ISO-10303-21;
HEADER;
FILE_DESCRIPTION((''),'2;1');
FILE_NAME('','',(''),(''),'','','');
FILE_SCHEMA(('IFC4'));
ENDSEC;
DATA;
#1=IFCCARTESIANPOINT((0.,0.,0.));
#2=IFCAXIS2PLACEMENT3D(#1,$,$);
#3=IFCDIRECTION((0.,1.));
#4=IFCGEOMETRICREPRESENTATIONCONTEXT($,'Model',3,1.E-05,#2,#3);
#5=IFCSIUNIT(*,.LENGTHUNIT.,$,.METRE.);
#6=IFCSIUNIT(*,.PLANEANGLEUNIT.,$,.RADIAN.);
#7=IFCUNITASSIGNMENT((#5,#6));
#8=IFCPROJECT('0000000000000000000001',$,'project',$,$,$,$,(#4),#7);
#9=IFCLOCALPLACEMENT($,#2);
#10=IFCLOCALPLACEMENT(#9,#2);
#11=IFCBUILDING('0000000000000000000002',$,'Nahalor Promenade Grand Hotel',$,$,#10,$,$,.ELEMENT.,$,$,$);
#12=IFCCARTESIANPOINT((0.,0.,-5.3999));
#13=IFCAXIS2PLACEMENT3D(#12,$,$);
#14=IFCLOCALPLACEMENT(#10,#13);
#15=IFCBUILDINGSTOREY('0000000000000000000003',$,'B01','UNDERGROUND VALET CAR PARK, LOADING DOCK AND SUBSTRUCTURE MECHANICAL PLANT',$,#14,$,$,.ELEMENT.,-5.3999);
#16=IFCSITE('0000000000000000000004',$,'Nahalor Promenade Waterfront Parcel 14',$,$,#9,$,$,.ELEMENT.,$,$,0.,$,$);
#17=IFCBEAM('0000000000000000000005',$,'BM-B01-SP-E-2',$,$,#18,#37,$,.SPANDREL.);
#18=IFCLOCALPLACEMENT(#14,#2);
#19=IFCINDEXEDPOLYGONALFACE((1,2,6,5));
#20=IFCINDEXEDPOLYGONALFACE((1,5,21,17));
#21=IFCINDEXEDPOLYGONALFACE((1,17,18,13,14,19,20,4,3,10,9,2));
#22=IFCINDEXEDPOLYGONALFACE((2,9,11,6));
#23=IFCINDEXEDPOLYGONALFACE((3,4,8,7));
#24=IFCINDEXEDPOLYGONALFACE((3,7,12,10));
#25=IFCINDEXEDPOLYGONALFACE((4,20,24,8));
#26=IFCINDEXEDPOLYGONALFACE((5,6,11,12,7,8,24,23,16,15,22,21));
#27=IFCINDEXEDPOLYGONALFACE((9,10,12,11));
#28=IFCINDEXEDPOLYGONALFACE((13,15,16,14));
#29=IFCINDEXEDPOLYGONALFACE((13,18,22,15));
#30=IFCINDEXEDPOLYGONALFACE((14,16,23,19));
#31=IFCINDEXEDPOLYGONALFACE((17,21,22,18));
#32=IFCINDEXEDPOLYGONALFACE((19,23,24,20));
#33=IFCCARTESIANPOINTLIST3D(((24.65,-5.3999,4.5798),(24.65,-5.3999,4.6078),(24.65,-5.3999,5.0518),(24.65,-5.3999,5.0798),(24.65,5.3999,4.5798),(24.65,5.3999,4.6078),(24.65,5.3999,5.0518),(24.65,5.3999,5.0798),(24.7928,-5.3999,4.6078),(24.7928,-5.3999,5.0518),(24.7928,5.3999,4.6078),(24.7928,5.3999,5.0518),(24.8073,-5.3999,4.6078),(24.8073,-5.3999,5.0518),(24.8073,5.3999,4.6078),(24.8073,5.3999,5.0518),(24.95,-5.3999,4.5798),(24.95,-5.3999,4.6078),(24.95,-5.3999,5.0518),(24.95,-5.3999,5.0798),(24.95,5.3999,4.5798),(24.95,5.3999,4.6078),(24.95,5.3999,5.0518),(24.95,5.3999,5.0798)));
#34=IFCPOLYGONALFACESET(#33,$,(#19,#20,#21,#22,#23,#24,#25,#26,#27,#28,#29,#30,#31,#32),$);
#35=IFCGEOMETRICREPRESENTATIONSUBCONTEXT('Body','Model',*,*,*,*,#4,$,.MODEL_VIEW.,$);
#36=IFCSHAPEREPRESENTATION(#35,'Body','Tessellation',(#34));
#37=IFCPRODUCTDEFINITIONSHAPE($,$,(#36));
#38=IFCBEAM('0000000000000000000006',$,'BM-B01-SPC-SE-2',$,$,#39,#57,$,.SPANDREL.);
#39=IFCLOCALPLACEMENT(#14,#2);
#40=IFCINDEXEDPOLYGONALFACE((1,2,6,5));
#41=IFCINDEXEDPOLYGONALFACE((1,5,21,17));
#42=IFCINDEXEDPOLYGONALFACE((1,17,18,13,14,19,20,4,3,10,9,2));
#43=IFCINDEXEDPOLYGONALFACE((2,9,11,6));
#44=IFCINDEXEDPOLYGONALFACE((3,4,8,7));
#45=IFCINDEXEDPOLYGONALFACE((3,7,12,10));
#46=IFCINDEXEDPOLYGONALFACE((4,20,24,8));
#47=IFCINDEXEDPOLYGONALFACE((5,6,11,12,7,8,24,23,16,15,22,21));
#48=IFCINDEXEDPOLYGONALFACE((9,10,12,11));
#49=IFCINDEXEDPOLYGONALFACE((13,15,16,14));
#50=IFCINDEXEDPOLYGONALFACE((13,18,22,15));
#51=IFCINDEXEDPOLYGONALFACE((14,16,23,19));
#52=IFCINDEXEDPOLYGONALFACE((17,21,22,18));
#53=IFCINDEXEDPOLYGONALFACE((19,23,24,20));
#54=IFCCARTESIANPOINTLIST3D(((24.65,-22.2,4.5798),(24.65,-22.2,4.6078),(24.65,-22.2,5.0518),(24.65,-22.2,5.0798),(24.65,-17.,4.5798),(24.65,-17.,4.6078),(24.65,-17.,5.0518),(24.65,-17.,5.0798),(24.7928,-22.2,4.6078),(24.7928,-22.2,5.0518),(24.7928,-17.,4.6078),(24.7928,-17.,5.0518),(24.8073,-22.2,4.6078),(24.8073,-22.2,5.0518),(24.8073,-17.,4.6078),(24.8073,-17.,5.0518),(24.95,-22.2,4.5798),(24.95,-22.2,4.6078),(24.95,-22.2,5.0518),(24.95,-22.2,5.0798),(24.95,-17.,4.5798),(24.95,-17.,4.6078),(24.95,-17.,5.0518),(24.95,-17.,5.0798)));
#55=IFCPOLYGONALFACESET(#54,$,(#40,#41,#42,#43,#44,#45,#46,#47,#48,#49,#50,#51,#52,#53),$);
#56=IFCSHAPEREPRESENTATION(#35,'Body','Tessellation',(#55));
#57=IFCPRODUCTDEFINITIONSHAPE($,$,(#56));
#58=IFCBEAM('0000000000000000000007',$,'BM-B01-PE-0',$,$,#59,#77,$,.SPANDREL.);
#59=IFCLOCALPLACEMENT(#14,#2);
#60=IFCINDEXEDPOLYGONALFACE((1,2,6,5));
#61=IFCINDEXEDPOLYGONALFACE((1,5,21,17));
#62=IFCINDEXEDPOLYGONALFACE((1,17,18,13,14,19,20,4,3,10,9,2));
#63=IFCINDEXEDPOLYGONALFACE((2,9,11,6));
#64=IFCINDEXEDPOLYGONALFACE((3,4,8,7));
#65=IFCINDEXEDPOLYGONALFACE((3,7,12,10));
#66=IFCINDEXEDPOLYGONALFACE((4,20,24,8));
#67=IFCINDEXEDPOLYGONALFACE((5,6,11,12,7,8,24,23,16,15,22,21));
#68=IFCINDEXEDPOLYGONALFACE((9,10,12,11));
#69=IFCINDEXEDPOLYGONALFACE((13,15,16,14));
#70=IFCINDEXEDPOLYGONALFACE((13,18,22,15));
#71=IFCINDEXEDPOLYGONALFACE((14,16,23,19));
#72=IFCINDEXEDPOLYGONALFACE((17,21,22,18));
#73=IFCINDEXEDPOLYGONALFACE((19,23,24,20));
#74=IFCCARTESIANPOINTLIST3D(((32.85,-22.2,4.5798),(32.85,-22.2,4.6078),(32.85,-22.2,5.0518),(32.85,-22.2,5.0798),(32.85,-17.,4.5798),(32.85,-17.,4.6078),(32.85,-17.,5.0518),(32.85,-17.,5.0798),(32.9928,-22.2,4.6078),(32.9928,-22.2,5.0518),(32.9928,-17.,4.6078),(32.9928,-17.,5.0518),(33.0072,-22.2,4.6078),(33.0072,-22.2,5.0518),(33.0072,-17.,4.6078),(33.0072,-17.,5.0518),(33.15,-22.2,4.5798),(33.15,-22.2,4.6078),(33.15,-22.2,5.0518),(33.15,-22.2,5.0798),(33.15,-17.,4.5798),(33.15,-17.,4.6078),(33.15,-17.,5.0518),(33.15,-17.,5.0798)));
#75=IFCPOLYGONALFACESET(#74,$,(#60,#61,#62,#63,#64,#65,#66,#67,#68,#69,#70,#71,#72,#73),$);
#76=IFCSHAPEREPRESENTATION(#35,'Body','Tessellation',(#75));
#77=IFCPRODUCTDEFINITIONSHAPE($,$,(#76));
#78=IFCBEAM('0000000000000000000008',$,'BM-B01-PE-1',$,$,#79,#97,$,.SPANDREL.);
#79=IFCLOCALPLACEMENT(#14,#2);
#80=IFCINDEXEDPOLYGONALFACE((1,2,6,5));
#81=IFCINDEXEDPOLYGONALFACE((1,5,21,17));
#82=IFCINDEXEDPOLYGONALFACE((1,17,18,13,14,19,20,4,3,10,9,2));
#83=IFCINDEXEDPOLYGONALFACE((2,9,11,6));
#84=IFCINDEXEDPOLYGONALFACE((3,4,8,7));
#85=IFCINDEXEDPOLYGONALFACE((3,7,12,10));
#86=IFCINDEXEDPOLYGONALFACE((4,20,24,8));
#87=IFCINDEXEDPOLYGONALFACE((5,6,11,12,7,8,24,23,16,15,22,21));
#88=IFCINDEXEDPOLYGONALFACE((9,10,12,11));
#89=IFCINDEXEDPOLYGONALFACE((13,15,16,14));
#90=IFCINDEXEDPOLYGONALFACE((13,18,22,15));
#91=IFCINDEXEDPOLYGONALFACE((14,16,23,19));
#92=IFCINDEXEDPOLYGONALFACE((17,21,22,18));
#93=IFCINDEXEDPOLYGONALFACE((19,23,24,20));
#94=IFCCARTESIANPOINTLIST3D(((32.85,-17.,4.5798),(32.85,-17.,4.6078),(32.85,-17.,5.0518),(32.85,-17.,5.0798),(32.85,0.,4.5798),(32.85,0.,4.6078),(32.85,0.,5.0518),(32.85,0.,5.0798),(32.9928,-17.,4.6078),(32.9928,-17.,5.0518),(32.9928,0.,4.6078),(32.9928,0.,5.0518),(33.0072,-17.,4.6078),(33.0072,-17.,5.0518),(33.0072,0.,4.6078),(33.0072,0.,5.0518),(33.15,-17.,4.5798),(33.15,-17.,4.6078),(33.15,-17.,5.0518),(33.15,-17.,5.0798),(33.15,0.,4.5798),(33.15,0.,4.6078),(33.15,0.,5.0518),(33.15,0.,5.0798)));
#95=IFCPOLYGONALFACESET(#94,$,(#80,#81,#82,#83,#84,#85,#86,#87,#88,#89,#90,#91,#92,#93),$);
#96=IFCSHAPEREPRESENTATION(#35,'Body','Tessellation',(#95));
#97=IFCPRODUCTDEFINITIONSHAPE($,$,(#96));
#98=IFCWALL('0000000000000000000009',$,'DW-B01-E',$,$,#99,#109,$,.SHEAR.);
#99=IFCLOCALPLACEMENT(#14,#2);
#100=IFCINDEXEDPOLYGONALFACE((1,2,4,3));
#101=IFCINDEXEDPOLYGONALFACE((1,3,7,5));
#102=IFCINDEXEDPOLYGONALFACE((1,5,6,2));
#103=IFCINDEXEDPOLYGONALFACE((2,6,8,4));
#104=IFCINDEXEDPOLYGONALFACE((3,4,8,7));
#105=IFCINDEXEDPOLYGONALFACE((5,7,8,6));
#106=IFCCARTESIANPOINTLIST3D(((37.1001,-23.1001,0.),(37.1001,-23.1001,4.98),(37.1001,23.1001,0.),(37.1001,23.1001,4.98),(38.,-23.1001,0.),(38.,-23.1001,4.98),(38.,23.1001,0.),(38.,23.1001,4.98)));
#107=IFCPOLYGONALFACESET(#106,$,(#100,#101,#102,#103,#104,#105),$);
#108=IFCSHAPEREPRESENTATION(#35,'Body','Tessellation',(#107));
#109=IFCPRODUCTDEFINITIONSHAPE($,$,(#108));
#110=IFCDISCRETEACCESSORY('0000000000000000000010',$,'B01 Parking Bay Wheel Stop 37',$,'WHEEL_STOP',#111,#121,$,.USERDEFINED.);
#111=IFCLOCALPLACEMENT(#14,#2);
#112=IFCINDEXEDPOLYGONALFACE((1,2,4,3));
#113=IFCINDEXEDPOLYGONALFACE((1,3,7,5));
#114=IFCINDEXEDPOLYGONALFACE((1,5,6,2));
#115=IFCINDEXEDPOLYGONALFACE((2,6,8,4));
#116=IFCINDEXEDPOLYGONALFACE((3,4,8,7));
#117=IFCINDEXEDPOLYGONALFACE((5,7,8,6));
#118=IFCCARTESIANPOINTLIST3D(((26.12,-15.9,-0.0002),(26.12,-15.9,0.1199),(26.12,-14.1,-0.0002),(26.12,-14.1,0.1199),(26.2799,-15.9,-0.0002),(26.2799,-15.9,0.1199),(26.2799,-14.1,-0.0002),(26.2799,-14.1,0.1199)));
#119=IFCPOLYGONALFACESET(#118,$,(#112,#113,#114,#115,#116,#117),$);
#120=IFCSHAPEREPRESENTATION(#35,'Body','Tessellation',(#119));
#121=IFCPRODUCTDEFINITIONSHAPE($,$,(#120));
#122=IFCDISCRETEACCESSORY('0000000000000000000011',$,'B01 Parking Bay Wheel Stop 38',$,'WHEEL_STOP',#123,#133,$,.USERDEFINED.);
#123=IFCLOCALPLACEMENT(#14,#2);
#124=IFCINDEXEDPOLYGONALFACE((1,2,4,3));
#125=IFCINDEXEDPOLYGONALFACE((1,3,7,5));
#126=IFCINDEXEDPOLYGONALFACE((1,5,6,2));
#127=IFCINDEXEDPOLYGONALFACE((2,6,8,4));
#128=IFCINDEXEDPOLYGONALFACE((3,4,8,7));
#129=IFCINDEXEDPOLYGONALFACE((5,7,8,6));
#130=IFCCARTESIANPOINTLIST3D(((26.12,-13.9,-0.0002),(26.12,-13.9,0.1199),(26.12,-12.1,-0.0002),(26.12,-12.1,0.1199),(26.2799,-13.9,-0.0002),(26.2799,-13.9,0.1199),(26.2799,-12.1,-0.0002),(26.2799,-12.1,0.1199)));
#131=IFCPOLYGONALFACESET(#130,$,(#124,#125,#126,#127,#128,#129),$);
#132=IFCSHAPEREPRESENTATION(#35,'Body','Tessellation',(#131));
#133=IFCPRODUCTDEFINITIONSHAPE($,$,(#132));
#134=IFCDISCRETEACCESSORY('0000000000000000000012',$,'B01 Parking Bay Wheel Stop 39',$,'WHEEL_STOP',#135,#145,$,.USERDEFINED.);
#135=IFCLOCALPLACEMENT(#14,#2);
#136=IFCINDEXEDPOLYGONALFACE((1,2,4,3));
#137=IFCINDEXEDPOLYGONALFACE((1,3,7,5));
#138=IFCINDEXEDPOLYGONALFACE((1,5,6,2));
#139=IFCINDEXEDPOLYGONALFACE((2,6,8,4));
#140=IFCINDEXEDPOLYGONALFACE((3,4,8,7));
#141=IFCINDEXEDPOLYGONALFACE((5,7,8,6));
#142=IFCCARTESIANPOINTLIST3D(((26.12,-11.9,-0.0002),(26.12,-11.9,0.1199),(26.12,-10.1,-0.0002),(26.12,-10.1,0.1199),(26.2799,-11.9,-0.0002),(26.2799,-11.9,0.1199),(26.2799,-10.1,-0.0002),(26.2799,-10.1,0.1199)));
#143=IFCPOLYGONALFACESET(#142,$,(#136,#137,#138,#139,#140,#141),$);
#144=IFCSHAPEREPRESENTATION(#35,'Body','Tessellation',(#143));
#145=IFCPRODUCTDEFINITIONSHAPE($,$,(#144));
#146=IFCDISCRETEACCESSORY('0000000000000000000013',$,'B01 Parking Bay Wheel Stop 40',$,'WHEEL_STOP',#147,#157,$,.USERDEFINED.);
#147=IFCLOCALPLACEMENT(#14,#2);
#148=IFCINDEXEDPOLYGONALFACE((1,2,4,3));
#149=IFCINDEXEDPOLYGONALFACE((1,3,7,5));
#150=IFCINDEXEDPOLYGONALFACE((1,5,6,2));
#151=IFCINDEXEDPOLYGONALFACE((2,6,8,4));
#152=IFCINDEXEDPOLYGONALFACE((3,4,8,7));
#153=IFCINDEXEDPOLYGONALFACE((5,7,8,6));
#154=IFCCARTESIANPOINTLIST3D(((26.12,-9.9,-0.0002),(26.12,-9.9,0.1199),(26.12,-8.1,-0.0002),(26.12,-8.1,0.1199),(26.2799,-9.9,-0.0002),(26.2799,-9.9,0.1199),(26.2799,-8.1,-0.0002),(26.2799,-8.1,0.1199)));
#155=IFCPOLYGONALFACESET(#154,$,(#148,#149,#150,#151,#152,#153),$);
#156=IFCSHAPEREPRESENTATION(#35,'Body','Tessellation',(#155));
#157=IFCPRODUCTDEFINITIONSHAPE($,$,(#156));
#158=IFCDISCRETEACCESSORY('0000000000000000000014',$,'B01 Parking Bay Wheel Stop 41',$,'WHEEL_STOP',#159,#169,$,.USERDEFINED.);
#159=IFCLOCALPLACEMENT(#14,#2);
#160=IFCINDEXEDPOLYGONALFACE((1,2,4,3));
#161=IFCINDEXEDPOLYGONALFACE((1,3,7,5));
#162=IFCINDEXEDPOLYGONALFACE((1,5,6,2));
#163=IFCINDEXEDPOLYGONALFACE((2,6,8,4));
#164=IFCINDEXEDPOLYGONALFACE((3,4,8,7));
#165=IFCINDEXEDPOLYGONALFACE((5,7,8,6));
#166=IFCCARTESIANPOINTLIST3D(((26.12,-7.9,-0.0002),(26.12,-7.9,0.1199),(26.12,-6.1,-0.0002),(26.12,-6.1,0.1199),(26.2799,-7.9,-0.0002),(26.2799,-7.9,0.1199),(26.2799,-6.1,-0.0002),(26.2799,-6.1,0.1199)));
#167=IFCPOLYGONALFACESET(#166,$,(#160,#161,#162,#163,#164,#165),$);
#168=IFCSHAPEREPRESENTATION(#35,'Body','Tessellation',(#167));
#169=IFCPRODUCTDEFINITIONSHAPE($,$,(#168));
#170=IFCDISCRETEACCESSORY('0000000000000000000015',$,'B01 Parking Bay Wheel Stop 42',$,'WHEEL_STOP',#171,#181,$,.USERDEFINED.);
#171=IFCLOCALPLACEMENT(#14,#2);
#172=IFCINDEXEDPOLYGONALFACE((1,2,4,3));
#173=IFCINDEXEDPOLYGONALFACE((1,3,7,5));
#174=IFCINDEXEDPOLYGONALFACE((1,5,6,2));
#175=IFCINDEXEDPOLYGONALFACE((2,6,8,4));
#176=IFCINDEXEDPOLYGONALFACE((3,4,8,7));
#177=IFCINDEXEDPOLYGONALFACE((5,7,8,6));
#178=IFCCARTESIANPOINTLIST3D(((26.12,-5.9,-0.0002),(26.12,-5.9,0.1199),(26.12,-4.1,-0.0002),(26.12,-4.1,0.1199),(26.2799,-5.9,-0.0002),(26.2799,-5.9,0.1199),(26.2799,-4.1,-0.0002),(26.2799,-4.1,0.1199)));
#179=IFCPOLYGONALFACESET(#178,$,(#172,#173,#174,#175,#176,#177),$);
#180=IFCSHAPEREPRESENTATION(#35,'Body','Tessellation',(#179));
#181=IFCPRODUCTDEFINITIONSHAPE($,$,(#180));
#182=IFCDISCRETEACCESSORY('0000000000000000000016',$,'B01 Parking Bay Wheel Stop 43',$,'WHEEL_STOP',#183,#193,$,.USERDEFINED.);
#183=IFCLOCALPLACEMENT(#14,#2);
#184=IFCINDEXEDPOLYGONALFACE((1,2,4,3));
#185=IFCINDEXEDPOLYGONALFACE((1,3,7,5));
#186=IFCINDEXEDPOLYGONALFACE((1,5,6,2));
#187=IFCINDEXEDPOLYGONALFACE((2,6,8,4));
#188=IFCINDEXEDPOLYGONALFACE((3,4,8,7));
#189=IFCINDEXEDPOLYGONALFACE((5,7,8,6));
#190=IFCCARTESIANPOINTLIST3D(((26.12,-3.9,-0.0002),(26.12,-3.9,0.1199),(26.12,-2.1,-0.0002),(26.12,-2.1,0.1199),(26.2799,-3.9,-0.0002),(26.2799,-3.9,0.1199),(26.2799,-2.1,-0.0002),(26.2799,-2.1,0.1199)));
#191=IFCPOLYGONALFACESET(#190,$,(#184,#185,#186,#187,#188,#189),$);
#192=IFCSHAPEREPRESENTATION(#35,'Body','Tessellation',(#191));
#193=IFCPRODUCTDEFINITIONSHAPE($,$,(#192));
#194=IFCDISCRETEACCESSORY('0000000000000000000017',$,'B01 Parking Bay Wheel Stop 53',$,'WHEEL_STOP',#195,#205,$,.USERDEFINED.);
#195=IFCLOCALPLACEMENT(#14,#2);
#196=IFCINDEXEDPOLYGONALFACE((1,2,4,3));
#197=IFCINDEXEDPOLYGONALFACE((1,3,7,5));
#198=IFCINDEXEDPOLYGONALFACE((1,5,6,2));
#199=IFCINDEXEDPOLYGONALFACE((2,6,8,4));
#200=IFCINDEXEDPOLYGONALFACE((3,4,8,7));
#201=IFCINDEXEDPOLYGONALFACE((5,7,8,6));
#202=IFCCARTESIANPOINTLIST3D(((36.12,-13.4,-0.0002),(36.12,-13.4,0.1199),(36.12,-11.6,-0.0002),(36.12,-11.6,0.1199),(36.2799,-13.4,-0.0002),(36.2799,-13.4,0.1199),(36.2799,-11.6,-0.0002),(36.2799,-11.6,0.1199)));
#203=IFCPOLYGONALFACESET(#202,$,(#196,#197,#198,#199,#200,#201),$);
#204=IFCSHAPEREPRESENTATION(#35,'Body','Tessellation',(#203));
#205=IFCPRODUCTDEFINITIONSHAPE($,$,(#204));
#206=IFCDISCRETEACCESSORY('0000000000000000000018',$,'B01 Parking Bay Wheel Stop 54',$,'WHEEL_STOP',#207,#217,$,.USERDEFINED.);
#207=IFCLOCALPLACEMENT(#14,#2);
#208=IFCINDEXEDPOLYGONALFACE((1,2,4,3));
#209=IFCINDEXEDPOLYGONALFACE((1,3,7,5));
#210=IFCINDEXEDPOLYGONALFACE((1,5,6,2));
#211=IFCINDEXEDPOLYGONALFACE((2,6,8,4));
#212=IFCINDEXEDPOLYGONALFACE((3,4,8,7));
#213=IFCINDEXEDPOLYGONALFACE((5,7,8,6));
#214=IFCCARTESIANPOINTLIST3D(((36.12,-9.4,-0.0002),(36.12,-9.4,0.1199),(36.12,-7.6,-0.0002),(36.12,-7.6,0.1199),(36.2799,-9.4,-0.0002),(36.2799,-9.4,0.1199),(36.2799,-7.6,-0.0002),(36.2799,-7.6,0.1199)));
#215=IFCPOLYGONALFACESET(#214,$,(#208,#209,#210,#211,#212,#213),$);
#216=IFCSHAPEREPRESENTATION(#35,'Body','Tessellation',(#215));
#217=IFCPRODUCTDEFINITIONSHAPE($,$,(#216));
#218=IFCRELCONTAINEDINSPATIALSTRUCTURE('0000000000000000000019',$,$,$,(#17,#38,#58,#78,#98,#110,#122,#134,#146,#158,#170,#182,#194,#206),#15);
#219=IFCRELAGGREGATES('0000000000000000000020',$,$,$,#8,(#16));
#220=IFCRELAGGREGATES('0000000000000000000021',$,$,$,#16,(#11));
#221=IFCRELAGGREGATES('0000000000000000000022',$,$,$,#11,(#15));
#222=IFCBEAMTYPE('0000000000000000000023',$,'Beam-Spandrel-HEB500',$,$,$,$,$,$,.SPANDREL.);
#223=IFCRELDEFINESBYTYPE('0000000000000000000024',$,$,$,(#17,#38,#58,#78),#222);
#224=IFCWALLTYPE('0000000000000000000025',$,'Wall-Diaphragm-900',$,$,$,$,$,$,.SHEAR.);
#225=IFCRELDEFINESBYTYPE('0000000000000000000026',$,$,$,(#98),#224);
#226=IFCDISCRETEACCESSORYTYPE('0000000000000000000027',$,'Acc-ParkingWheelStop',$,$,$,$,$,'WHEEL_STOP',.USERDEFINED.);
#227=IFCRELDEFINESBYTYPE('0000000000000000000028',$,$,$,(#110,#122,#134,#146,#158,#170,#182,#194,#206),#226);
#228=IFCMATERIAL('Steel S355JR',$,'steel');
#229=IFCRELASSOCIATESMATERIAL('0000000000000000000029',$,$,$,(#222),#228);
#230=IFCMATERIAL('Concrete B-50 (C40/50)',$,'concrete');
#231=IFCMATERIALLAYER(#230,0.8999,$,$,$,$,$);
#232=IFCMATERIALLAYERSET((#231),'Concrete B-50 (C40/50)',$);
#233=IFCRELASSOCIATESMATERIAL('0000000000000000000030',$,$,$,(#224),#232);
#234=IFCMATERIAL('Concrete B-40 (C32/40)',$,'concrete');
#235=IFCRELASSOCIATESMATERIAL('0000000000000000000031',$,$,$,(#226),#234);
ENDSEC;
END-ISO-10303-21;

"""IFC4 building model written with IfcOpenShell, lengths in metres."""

from ifc_helpers import new_model, si_unit, direction, frame, frame_2d, origin, origin_2d, place, context, subcontext, project, spatial, rectangle, i_section, extrude, source, transform, mapped, material, layer, layer_set, material_profile, profile_set, type_object, element, save


model = new_model("IFC4")

# Units and contexts
model_context = context("Model", 3, precision=1e-05, world=origin(), true_north=direction((0.0, 1.0)))
body_context = subcontext(model_context, "Body", "Model", "MODEL_VIEW")
ifc_project = project(units=[si_unit("LENGTHUNIT", "METRE"), si_unit("PLANEANGLEUNIT", "RADIAN")], contexts=[model_context])

# Site, building, storey
site_placement = place(None, origin())
site = spatial("IfcSite", under=ifc_project, at=site_placement, Name="Nahalor Promenade Waterfront Parcel 14", CompositionType="ELEMENT", RefElevation=0.0)
building_placement = place(site_placement, origin())
building = spatial("IfcBuilding", under=site, at=building_placement, Name="Nahalor Promenade Grand Hotel", CompositionType="ELEMENT")
storey_placement = place(building_placement, frame((0.0, 0.0, -5.3999)))
storey = spatial("IfcBuildingStorey", under=building, at=storey_placement, Name="B01", Description="UNDERGROUND VALET CAR PARK, LOADING DOCK AND SUBSTRUCTURE MECHANICAL PLANT", CompositionType="ELEMENT", Elevation=-5.3999)

# Beams
ifc_material_1 = material(Name="Steel S355JR", Category="steel")
ifc_material_profile_1 = material_profile(ifc_material_1, i_section(OverallWidth=0.3, OverallDepth=0.5, WebThickness=0.0145, FlangeThickness=0.028, at=origin_2d()), Name="HEB 500")
ifc_profile_set_1 = profile_set([ifc_material_profile_1], Name="Steel S355JR")
beam_type_1 = type_object("IfcBeamType", Name="Beam-Spandrel-HEB500", PredefinedType="SPANDREL", material=ifc_profile_set_1)
shared_shape_1 = source(origin(), body_context, "Body", "SweptSolid", [
    extrude(i_section(OverallWidth=0.3, OverallDepth=0.5, WebThickness=0.0145, FlangeThickness=0.028, at=origin_2d()), origin(), (0.0, 0.0, 1.0), 10.7998),
])
beam_1_placement = place(storey_placement, frame((24.8, -5.3999, 4.8298), z_axis=(0.0, 1.0, 0.0), x_axis=(-1.0, 0.0, 0.0)))
element("IfcBeam", 1, at=beam_1_placement, inside=storey, type_object=beam_type_1, Name="BM-B01-SP-E-2", PredefinedType="SPANDREL", context=body_context, shape_type="MappedRepresentation", body=[
    mapped(shared_shape_1, transform((0.0, 0.0, 0.0), scale=1.0)),
])
shared_shape_2 = source(origin(), body_context, "Body", "SweptSolid", [
    extrude(i_section(OverallWidth=0.3, OverallDepth=0.5, WebThickness=0.0145, FlangeThickness=0.028, at=origin_2d()), origin(), (0.0, 0.0, 1.0), 5.2),
])
for number, where, z_axis, x_axis, name in (
    (2, (24.8, -22.2, 4.8298), (0.0, 1.0, 0.0), (-1.0, 0.0, 0.0), "BM-B01-SPC-SE-2"),
    (3, (33.0, -22.2, 4.8298), (0.0, 1.0, 0.0), (-1.0, 0.0, 0.0), "BM-B01-PE-0"),
):
    element("IfcBeam", number, at=place(storey_placement, frame(where, z_axis=z_axis, x_axis=x_axis)), inside=storey, type_object=beam_type_1, Name=name, PredefinedType="SPANDREL", context=body_context, shape_type="MappedRepresentation", body=[
        mapped(shared_shape_2, transform((0.0, 0.0, 0.0), scale=1.0)),
    ])
shared_shape_3 = source(origin(), body_context, "Body", "SweptSolid", [
    extrude(i_section(OverallWidth=0.3, OverallDepth=0.5, WebThickness=0.0145, FlangeThickness=0.028, at=origin_2d()), origin(), (0.0, 0.0, 1.0), 17.0),
])
beam_2_placement = place(storey_placement, frame((33.0, -17.0, 4.8298), z_axis=(0.0, 1.0, 0.0), x_axis=(-1.0, 0.0, 0.0)))
element("IfcBeam", 4, at=beam_2_placement, inside=storey, type_object=beam_type_1, Name="BM-B01-PE-1", PredefinedType="SPANDREL", context=body_context, shape_type="MappedRepresentation", body=[
    mapped(shared_shape_3, transform((0.0, 0.0, 0.0), scale=1.0)),
])

# Wall
ifc_material_2 = material(Name="Concrete B-50 (C40/50)", Category="concrete")
ifc_layer = layer(ifc_material_2, 0.8999)
ifc_layer_set = layer_set([ifc_layer], Name="Concrete B-50 (C40/50)")
wall_type = type_object("IfcWallType", Name="Wall-Diaphragm-900", PredefinedType="SHEAR", material=ifc_layer_set)
shared_shape_4 = source(origin(), body_context, "Body", "SweptSolid", [
    extrude(rectangle(XDim=46.2002, YDim=0.8999, at=frame_2d((23.1001, 0.0))), origin(), (0.0, 0.0, 1.0), 4.98),
])
wall_placement = place(storey_placement, frame((37.55, -23.1001, 0.0), z_axis=(0.0, 0.0, 1.0), x_axis=(0.0, 1.0, 0.0)))
element("IfcWall", 5, at=wall_placement, inside=storey, type_object=wall_type, Name="DW-B01-E", PredefinedType="SHEAR", context=body_context, shape_type="MappedRepresentation", body=[
    mapped(shared_shape_4, transform((0.0, 0.0, 0.0), scale=1.0)),
])

# Discrete accessories
ifc_material_3 = material(Name="Concrete B-40 (C32/40)", Category="concrete")
discrete_accessory_type = type_object("IfcDiscreteAccessoryType", Name="Acc-ParkingWheelStop", ElementType="WHEEL_STOP", PredefinedType="USERDEFINED", material=ifc_material_3)
shared_shape_5 = source(origin(), body_context, "Body", "SweptSolid", [
    extrude(rectangle(XDim=1.8, YDim=0.1599, at=origin_2d()), origin(), (0.0, 0.0, 1.0), 0.1201),
])
for number, where, z_axis, x_axis, name in (
    (6, (26.2, -15.0, -0.0002), (0.0, 0.0, 1.0), (0.0, 1.0, 0.0), "B01 Parking Bay Wheel Stop 37"),
    (7, (26.2, -13.0, -0.0002), (0.0, 0.0, 1.0), (0.0, 1.0, 0.0), "B01 Parking Bay Wheel Stop 38"),
    (8, (26.2, -11.0, -0.0002), (0.0, 0.0, 1.0), (0.0, 1.0, 0.0), "B01 Parking Bay Wheel Stop 39"),
    (9, (26.2, -9.0, -0.0002), (0.0, 0.0, 1.0), (0.0, 1.0, 0.0), "B01 Parking Bay Wheel Stop 40"),
    (10, (26.2, -7.0, -0.0002), (0.0, 0.0, 1.0), (0.0, 1.0, 0.0), "B01 Parking Bay Wheel Stop 41"),
    (11, (26.2, -5.0, -0.0002), (0.0, 0.0, 1.0), (0.0, 1.0, 0.0), "B01 Parking Bay Wheel Stop 42"),
    (12, (26.2, -3.0, -0.0002), (0.0, 0.0, 1.0), (0.0, 1.0, 0.0), "B01 Parking Bay Wheel Stop 43"),
    (13, (36.2, -12.5, -0.0002), (0.0, 0.0, 1.0), (0.0, 1.0, 0.0), "B01 Parking Bay Wheel Stop 53"),
    (14, (36.2, -8.5, -0.0002), (0.0, 0.0, 1.0), (0.0, 1.0, 0.0), "B01 Parking Bay Wheel Stop 54"),
):
    element("IfcDiscreteAccessory", number, at=place(storey_placement, frame(where, z_axis=z_axis, x_axis=x_axis)), inside=storey, type_object=discrete_accessory_type, Name=name, ObjectType="WHEEL_STOP", PredefinedType="USERDEFINED", context=body_context, shape_type="MappedRepresentation", body=[
        mapped(shared_shape_5, transform((0.0, 0.0, 0.0), scale=1.0)),
    ])

save(model, "model.ifc")
